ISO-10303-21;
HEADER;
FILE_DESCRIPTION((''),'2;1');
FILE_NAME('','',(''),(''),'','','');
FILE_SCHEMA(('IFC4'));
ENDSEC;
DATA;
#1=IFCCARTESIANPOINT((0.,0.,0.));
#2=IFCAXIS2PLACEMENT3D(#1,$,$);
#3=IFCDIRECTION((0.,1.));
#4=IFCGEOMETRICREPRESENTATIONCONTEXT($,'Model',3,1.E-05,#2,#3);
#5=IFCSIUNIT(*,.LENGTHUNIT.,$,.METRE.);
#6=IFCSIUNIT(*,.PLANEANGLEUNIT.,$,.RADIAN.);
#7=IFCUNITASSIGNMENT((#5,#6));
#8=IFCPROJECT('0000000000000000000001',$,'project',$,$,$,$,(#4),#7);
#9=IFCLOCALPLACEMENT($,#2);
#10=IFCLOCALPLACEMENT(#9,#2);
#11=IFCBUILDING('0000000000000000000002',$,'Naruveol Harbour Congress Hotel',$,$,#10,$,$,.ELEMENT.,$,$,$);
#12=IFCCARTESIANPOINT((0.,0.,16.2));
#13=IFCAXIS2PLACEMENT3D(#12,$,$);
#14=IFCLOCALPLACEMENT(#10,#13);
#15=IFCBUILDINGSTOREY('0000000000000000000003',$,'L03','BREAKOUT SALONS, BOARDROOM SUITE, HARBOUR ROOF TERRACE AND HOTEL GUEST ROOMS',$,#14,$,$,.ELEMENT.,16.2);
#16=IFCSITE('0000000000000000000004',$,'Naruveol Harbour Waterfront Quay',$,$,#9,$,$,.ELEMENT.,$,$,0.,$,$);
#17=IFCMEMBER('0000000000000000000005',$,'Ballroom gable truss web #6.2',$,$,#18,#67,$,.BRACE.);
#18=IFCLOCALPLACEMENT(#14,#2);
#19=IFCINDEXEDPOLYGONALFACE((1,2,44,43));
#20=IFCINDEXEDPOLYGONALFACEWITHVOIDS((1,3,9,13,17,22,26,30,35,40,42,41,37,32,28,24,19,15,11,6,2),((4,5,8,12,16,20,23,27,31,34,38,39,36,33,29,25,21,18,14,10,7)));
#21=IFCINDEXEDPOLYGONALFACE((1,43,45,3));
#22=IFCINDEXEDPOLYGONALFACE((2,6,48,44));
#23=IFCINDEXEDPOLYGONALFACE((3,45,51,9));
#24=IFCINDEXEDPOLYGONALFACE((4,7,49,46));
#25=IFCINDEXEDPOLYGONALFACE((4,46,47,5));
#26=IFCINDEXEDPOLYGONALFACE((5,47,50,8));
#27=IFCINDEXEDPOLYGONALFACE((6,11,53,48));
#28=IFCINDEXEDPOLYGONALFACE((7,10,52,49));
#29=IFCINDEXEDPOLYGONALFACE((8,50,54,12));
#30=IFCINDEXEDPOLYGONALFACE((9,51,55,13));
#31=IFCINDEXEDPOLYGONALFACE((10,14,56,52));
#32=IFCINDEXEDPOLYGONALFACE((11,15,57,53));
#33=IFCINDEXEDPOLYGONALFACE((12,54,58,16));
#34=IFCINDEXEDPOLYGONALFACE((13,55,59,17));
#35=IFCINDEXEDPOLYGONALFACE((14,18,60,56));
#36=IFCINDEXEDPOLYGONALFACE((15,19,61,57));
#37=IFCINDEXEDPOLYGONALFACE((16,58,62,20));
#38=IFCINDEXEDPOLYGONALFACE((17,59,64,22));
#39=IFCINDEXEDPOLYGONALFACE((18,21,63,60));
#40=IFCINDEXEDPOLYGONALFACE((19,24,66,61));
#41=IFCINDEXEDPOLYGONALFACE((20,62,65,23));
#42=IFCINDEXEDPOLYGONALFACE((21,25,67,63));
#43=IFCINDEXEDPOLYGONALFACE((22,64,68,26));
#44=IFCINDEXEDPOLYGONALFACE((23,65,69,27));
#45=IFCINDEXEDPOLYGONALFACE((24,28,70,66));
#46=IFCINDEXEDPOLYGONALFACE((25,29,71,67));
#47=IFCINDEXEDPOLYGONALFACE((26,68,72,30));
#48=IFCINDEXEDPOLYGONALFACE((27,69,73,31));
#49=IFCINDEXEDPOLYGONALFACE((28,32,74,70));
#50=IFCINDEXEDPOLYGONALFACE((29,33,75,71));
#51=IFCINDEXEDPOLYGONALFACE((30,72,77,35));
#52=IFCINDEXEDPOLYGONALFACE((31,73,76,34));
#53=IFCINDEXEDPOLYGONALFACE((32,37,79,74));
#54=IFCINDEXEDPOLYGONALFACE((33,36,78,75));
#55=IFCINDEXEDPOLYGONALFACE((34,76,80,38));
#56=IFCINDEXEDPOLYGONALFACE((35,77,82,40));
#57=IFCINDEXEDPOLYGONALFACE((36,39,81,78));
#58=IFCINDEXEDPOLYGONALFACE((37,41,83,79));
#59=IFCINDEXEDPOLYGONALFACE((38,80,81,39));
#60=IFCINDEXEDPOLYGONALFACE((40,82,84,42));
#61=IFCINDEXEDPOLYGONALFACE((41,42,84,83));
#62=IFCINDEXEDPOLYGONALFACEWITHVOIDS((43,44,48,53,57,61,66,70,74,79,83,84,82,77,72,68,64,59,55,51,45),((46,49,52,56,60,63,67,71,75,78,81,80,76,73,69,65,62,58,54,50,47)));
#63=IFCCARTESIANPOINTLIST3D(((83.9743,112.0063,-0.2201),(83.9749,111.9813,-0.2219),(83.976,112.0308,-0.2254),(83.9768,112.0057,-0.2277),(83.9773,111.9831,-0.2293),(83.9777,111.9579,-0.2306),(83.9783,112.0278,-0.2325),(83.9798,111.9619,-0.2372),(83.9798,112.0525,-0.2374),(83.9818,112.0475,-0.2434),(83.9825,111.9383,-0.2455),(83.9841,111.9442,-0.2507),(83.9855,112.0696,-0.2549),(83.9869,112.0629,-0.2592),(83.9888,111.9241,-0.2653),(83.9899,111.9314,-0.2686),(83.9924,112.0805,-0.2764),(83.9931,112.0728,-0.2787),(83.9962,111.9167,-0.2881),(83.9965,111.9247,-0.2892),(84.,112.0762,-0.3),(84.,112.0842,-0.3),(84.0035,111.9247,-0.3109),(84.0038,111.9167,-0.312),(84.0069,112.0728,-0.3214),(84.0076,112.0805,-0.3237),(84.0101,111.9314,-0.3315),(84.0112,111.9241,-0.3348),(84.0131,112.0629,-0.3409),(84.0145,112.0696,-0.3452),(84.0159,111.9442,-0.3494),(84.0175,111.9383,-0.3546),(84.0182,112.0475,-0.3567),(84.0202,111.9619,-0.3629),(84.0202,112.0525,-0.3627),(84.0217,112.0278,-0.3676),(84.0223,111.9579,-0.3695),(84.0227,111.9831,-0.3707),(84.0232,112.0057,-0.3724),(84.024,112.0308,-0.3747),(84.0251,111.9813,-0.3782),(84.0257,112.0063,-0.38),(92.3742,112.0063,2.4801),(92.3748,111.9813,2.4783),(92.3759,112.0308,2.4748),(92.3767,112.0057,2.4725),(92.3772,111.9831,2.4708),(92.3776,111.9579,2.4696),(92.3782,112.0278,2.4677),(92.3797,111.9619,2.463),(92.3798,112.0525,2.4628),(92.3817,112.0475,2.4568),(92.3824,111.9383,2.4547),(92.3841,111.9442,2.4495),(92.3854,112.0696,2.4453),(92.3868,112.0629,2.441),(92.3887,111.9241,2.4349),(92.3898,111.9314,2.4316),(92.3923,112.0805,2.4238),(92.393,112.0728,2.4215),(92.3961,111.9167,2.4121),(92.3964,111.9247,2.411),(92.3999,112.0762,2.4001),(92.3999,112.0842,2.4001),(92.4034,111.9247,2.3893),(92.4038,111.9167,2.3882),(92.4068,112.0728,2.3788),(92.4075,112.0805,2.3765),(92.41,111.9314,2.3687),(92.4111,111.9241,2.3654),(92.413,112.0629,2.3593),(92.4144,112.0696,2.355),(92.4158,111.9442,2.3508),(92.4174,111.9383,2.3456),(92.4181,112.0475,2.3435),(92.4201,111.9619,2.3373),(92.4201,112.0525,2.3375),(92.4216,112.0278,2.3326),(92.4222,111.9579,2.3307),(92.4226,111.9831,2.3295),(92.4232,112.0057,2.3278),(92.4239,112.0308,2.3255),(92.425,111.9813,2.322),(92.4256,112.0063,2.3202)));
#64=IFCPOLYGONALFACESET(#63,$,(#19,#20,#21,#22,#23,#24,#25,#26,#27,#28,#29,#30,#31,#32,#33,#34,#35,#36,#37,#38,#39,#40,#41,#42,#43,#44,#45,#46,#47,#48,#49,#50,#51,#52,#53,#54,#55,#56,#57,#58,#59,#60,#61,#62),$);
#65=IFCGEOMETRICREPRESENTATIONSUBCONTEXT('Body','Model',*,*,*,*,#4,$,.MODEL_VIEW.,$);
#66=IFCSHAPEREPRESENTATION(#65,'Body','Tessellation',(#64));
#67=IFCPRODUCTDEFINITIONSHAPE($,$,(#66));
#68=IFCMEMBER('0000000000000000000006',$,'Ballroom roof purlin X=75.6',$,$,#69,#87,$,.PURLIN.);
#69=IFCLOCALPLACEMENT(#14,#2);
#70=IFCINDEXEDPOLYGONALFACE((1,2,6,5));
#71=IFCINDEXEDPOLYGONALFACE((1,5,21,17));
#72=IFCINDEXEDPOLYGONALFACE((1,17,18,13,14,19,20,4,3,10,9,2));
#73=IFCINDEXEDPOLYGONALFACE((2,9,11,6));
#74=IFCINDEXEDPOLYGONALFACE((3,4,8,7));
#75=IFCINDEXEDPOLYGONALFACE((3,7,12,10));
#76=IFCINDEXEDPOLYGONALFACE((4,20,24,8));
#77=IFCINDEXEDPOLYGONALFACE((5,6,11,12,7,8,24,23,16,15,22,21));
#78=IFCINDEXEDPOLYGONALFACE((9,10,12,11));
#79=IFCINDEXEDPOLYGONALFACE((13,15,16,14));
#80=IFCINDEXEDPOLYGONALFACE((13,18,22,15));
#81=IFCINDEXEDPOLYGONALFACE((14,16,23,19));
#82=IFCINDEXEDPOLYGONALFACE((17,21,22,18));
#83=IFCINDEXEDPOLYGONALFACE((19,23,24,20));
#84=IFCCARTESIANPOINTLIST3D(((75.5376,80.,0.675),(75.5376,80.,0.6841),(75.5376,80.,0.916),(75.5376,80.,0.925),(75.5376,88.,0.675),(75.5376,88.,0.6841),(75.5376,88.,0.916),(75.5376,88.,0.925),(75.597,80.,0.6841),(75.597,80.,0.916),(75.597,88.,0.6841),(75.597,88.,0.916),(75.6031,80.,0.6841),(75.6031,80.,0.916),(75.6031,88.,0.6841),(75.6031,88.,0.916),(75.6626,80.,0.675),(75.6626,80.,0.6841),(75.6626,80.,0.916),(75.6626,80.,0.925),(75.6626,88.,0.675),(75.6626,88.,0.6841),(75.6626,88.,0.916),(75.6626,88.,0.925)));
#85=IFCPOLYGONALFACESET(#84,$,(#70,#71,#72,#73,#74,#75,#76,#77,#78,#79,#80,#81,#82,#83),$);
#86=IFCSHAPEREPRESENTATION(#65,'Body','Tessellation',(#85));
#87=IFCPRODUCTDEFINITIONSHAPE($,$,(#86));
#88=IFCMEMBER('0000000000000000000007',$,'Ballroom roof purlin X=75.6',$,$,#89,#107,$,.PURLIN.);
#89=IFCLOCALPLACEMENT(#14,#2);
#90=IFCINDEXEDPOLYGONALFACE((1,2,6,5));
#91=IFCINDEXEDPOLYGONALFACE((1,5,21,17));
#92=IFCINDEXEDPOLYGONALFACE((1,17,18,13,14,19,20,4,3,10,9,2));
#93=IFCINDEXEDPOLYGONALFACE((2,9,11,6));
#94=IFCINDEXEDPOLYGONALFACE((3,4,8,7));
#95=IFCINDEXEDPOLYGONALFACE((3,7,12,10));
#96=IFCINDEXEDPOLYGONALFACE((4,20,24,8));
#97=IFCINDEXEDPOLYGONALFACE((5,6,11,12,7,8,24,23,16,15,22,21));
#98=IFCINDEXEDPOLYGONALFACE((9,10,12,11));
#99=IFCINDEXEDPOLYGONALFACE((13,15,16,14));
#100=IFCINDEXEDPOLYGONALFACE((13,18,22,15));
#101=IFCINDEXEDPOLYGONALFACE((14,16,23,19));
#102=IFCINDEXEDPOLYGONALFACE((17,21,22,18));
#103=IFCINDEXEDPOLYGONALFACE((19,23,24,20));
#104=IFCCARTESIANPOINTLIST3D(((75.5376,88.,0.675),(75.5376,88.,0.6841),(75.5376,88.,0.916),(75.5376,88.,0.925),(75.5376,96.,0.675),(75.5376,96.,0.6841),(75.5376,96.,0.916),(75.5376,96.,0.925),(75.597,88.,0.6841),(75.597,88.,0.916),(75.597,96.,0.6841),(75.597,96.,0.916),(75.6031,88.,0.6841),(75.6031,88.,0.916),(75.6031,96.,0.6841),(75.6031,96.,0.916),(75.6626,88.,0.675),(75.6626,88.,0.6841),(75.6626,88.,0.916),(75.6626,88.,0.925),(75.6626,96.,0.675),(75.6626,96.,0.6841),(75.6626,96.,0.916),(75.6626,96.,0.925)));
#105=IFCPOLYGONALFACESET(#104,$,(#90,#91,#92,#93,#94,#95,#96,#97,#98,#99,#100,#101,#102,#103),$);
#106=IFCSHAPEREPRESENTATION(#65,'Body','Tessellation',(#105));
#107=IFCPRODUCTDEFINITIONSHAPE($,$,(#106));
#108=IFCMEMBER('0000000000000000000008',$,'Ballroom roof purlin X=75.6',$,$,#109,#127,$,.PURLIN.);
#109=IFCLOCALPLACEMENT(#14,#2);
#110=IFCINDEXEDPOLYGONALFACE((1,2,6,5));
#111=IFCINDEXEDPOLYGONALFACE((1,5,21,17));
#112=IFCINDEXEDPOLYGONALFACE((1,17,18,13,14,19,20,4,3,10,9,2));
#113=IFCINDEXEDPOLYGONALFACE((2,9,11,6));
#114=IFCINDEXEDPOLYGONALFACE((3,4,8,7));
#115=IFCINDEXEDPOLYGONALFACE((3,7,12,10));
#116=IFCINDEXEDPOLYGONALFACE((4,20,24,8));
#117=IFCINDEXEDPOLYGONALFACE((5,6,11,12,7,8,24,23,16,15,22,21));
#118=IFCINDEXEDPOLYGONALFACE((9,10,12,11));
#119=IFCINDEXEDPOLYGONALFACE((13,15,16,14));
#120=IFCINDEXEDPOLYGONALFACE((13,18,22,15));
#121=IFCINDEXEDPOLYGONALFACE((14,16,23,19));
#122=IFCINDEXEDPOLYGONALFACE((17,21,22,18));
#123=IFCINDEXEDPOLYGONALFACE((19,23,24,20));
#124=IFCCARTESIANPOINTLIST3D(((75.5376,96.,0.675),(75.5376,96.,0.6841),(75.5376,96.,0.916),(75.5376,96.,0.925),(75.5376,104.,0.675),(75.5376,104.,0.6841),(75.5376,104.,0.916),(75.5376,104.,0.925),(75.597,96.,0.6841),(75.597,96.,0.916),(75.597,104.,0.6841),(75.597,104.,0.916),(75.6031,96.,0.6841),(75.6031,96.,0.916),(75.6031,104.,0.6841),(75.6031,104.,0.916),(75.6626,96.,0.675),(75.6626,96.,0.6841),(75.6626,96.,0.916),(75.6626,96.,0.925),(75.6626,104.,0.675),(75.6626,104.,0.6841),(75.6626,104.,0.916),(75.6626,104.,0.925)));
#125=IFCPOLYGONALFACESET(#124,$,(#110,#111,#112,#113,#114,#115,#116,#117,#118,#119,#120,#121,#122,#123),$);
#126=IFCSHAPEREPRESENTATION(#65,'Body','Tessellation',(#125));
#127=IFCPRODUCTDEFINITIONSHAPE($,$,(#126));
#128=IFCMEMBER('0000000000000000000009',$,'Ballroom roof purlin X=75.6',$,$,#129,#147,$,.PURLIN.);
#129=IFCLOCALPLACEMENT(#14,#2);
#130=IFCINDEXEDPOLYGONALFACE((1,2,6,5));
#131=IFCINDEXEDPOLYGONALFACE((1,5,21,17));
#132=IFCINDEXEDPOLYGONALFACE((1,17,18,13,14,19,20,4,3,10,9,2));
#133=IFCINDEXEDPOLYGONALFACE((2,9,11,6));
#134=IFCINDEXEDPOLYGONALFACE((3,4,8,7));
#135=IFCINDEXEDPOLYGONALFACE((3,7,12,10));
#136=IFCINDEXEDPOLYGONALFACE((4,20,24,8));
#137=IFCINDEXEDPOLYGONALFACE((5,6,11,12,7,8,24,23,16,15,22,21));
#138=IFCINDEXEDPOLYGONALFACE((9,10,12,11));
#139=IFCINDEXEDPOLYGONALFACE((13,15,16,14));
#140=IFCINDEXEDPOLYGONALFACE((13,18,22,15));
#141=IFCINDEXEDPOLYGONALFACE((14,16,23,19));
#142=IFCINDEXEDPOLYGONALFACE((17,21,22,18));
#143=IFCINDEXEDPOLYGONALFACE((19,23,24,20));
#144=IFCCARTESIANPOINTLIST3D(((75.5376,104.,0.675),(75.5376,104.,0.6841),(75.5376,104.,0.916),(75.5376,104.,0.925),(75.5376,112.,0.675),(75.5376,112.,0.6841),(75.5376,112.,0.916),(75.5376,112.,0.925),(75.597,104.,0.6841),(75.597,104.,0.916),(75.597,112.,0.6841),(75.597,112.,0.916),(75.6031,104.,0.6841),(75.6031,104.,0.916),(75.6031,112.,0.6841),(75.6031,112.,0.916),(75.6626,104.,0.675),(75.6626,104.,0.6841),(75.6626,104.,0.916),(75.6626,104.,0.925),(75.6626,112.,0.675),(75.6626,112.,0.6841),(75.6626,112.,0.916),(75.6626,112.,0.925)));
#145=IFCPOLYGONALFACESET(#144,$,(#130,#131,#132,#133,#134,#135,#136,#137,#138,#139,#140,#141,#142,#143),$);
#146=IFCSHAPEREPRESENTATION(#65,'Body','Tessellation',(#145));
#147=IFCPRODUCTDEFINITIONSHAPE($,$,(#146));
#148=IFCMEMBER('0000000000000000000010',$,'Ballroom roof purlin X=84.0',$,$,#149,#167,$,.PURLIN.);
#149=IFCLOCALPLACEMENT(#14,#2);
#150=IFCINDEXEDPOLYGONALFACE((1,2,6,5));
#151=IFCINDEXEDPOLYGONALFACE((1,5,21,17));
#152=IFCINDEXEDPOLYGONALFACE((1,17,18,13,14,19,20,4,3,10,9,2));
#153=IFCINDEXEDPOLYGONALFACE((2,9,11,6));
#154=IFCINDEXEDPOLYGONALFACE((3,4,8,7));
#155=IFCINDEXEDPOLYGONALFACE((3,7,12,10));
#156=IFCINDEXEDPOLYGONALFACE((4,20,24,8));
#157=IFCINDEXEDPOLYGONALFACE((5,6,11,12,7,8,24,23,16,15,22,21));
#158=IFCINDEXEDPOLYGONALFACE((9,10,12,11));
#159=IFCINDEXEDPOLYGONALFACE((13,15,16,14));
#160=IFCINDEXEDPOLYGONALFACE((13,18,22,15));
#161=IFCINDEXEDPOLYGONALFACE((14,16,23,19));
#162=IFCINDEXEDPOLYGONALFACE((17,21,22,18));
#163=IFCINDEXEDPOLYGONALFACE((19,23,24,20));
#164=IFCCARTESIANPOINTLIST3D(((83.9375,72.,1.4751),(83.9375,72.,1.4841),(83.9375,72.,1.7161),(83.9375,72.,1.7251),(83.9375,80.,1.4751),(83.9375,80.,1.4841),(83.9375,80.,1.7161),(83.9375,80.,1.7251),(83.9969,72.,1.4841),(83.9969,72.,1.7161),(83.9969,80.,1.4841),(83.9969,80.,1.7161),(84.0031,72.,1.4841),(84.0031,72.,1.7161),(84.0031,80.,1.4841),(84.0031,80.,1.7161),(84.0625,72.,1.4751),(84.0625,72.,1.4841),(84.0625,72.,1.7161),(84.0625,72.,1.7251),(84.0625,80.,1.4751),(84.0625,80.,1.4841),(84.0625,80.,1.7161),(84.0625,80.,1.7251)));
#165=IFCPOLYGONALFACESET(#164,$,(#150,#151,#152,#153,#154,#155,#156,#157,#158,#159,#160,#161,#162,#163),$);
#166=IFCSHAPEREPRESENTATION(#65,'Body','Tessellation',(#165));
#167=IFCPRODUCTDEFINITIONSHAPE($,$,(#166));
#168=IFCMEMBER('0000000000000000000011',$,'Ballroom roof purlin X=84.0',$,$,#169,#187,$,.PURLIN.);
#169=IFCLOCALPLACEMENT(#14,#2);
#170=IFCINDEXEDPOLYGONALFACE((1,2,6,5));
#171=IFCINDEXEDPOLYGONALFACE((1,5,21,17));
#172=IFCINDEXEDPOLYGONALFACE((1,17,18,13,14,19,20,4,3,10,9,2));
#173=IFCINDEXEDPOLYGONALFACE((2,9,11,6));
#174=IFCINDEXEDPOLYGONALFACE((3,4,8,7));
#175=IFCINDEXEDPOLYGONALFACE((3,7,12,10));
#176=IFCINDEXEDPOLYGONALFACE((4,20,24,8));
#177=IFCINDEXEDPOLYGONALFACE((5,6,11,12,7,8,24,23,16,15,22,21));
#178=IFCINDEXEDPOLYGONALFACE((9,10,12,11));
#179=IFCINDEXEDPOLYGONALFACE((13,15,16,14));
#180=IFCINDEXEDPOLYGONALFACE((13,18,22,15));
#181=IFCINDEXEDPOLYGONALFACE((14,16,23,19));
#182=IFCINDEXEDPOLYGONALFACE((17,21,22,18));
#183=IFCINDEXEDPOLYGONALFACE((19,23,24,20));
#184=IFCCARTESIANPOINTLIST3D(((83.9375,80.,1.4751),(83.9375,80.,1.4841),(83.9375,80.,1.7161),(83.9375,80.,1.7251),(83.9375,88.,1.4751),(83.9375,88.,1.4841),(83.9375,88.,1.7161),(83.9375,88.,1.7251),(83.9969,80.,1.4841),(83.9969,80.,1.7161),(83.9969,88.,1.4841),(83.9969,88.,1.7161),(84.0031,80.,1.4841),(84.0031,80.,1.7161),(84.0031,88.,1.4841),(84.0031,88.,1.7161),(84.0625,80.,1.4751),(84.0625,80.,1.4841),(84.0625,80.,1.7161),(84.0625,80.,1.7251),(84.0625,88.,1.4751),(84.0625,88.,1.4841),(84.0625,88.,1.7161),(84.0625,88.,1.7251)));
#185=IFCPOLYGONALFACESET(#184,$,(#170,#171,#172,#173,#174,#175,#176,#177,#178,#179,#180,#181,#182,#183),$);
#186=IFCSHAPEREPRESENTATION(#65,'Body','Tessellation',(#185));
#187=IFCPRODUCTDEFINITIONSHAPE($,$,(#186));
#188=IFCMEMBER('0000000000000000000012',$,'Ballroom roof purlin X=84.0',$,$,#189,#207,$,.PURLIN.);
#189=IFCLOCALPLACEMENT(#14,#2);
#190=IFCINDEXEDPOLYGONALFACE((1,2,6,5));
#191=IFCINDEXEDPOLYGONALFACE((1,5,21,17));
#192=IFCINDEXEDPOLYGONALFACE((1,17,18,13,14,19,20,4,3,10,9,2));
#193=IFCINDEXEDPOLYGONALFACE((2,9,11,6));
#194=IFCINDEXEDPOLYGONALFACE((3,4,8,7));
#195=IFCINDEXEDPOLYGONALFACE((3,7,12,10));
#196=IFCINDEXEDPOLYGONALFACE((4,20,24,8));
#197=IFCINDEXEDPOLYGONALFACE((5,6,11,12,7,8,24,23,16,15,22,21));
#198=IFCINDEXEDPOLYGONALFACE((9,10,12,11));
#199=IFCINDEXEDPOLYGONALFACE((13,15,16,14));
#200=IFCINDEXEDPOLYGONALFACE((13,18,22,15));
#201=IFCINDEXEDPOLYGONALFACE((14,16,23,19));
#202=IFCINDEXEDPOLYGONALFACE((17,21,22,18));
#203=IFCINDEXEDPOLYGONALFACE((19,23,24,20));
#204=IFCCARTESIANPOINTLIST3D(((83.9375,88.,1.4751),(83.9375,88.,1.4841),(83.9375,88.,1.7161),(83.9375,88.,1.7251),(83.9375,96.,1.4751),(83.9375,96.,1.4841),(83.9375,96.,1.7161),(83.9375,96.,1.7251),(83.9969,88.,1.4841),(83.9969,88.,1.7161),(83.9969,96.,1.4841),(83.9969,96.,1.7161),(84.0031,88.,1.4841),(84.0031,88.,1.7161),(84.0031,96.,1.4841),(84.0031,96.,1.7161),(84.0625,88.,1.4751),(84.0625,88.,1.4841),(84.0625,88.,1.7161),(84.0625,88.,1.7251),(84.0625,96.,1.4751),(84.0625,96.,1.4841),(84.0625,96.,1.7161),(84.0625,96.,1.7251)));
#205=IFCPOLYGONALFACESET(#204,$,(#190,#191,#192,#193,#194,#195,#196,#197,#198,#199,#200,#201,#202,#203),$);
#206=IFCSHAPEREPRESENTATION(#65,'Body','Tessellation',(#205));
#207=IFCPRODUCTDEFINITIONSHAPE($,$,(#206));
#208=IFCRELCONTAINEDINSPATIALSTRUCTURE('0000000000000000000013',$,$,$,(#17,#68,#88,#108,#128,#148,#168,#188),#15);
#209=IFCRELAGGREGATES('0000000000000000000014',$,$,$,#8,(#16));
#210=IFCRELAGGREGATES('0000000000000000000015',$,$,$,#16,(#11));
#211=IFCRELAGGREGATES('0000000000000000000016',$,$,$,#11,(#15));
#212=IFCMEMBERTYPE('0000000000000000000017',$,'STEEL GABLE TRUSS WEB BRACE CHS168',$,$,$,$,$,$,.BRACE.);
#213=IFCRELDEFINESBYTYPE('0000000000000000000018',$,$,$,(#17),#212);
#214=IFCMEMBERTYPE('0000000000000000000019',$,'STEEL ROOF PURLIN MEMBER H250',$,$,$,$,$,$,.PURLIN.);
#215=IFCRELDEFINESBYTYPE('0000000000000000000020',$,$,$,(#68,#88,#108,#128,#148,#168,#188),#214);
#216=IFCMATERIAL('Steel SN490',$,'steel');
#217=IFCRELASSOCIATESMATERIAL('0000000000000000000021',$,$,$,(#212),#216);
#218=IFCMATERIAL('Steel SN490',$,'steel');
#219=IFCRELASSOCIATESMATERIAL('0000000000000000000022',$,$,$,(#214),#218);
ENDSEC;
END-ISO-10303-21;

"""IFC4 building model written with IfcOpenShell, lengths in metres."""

from ifc_helpers import new_model, si_unit, direction, frame, origin, origin_2d, place, context, subcontext, project, spatial, hollow_circle, i_section, extrude, material, material_profile, profile_set, type_object, element, save


model = new_model("IFC4")

# Units and contexts
model_context = context("Model", 3, precision=1e-05, world=origin(), true_north=direction((0.0, 1.0)))
body_context = subcontext(model_context, "Body", "Model", "MODEL_VIEW")
ifc_project = project(units=[si_unit("LENGTHUNIT", "METRE"), si_unit("PLANEANGLEUNIT", "RADIAN")], contexts=[model_context])

# Site, building, storey
site_placement = place(None, origin())
site = spatial("IfcSite", under=ifc_project, at=site_placement, Name="Naruveol Harbour Waterfront Quay", CompositionType="ELEMENT", RefElevation=0.0)
building_placement = place(site_placement, origin())
building = spatial("IfcBuilding", under=site, at=building_placement, Name="Naruveol Harbour Congress Hotel", CompositionType="ELEMENT")
storey_placement = place(building_placement, frame((0.0, 0.0, 16.2)))
storey = spatial("IfcBuildingStorey", under=building, at=storey_placement, Name="L03", Description="BREAKOUT SALONS, BOARDROOM SUITE, HARBOUR ROOF TERRACE AND HOTEL GUEST ROOMS", CompositionType="ELEMENT", Elevation=16.2)

# Members
ifc_material_1 = material(Name="Steel SN490", Category="steel")
ifc_material_profile_1 = material_profile(ifc_material_1, hollow_circle(Radius=0.0842, WallThickness=0.0081, at=origin_2d()), Name="CHS-168.3x8")
ifc_profile_set_1 = profile_set([ifc_material_profile_1], Name="Steel SN490")
member_type_1 = type_object("IfcMemberType", Name="STEEL GABLE TRUSS WEB BRACE CHS168", PredefinedType="BRACE", material=ifc_profile_set_1)
member_1_placement = place(storey_placement, frame((84.0, 112.0, -0.3), z_axis=(0.952021, 0.0, 0.306032), x_axis=(0.0, 1.0, 0.0)))
element("IfcMember", 1, at=member_1_placement, inside=storey, type_object=member_type_1, Name="Ballroom gable truss web #6.2", PredefinedType="BRACE", context=body_context, shape_type="SweptSolid", body=[
    extrude(hollow_circle(Radius=0.0842, WallThickness=0.0081, at=origin_2d()), origin(), (0.0, 0.0, 1.0), 8.8232),
])
ifc_material_2 = material(Name="Steel SN490", Category="steel")
ifc_material_profile_2 = material_profile(ifc_material_2, i_section(OverallWidth=0.125, OverallDepth=0.25, WebThickness=0.0061, FlangeThickness=0.009, at=origin_2d()), Name="H-250x125x6x9")
ifc_profile_set_2 = profile_set([ifc_material_profile_2], Name="Steel SN490")
member_type_2 = type_object("IfcMemberType", Name="STEEL ROOF PURLIN MEMBER H250", PredefinedType="PURLIN", material=ifc_profile_set_2)
for number, where, z_axis, x_axis, name in (
    (2, (75.6001, 80.0, 0.8), (0.0, 1.0, 0.0), (-1.0, 0.0, 0.0), "Ballroom roof purlin X=75.6"),
    (3, (75.6001, 88.0, 0.8), (0.0, 1.0, 0.0), (-1.0, 0.0, 0.0), "Ballroom roof purlin X=75.6"),
    (4, (75.6001, 96.0, 0.8), (0.0, 1.0, 0.0), (-1.0, 0.0, 0.0), "Ballroom roof purlin X=75.6"),
    (5, (75.6001, 104.0, 0.8), (0.0, 1.0, 0.0), (-1.0, 0.0, 0.0), "Ballroom roof purlin X=75.6"),
    (6, (84.0, 72.0, 1.6001), (0.0, 1.0, 0.0), (-1.0, 0.0, 0.0), "Ballroom roof purlin X=84.0"),
    (7, (84.0, 80.0, 1.6001), (0.0, 1.0, 0.0), (-1.0, 0.0, 0.0), "Ballroom roof purlin X=84.0"),
    (8, (84.0, 88.0, 1.6001), (0.0, 1.0, 0.0), (-1.0, 0.0, 0.0), "Ballroom roof purlin X=84.0"),
):
    element("IfcMember", number, at=place(storey_placement, frame(where, z_axis=z_axis, x_axis=x_axis)), inside=storey, type_object=member_type_2, Name=name, PredefinedType="PURLIN", context=body_context, shape_type="SweptSolid", body=[
        extrude(i_section(OverallWidth=0.125, OverallDepth=0.25, WebThickness=0.0061, FlangeThickness=0.009, at=origin_2d()), origin(), (0.0, 0.0, 1.0), 8.0),
    ])

save(model, "model.ifc")
